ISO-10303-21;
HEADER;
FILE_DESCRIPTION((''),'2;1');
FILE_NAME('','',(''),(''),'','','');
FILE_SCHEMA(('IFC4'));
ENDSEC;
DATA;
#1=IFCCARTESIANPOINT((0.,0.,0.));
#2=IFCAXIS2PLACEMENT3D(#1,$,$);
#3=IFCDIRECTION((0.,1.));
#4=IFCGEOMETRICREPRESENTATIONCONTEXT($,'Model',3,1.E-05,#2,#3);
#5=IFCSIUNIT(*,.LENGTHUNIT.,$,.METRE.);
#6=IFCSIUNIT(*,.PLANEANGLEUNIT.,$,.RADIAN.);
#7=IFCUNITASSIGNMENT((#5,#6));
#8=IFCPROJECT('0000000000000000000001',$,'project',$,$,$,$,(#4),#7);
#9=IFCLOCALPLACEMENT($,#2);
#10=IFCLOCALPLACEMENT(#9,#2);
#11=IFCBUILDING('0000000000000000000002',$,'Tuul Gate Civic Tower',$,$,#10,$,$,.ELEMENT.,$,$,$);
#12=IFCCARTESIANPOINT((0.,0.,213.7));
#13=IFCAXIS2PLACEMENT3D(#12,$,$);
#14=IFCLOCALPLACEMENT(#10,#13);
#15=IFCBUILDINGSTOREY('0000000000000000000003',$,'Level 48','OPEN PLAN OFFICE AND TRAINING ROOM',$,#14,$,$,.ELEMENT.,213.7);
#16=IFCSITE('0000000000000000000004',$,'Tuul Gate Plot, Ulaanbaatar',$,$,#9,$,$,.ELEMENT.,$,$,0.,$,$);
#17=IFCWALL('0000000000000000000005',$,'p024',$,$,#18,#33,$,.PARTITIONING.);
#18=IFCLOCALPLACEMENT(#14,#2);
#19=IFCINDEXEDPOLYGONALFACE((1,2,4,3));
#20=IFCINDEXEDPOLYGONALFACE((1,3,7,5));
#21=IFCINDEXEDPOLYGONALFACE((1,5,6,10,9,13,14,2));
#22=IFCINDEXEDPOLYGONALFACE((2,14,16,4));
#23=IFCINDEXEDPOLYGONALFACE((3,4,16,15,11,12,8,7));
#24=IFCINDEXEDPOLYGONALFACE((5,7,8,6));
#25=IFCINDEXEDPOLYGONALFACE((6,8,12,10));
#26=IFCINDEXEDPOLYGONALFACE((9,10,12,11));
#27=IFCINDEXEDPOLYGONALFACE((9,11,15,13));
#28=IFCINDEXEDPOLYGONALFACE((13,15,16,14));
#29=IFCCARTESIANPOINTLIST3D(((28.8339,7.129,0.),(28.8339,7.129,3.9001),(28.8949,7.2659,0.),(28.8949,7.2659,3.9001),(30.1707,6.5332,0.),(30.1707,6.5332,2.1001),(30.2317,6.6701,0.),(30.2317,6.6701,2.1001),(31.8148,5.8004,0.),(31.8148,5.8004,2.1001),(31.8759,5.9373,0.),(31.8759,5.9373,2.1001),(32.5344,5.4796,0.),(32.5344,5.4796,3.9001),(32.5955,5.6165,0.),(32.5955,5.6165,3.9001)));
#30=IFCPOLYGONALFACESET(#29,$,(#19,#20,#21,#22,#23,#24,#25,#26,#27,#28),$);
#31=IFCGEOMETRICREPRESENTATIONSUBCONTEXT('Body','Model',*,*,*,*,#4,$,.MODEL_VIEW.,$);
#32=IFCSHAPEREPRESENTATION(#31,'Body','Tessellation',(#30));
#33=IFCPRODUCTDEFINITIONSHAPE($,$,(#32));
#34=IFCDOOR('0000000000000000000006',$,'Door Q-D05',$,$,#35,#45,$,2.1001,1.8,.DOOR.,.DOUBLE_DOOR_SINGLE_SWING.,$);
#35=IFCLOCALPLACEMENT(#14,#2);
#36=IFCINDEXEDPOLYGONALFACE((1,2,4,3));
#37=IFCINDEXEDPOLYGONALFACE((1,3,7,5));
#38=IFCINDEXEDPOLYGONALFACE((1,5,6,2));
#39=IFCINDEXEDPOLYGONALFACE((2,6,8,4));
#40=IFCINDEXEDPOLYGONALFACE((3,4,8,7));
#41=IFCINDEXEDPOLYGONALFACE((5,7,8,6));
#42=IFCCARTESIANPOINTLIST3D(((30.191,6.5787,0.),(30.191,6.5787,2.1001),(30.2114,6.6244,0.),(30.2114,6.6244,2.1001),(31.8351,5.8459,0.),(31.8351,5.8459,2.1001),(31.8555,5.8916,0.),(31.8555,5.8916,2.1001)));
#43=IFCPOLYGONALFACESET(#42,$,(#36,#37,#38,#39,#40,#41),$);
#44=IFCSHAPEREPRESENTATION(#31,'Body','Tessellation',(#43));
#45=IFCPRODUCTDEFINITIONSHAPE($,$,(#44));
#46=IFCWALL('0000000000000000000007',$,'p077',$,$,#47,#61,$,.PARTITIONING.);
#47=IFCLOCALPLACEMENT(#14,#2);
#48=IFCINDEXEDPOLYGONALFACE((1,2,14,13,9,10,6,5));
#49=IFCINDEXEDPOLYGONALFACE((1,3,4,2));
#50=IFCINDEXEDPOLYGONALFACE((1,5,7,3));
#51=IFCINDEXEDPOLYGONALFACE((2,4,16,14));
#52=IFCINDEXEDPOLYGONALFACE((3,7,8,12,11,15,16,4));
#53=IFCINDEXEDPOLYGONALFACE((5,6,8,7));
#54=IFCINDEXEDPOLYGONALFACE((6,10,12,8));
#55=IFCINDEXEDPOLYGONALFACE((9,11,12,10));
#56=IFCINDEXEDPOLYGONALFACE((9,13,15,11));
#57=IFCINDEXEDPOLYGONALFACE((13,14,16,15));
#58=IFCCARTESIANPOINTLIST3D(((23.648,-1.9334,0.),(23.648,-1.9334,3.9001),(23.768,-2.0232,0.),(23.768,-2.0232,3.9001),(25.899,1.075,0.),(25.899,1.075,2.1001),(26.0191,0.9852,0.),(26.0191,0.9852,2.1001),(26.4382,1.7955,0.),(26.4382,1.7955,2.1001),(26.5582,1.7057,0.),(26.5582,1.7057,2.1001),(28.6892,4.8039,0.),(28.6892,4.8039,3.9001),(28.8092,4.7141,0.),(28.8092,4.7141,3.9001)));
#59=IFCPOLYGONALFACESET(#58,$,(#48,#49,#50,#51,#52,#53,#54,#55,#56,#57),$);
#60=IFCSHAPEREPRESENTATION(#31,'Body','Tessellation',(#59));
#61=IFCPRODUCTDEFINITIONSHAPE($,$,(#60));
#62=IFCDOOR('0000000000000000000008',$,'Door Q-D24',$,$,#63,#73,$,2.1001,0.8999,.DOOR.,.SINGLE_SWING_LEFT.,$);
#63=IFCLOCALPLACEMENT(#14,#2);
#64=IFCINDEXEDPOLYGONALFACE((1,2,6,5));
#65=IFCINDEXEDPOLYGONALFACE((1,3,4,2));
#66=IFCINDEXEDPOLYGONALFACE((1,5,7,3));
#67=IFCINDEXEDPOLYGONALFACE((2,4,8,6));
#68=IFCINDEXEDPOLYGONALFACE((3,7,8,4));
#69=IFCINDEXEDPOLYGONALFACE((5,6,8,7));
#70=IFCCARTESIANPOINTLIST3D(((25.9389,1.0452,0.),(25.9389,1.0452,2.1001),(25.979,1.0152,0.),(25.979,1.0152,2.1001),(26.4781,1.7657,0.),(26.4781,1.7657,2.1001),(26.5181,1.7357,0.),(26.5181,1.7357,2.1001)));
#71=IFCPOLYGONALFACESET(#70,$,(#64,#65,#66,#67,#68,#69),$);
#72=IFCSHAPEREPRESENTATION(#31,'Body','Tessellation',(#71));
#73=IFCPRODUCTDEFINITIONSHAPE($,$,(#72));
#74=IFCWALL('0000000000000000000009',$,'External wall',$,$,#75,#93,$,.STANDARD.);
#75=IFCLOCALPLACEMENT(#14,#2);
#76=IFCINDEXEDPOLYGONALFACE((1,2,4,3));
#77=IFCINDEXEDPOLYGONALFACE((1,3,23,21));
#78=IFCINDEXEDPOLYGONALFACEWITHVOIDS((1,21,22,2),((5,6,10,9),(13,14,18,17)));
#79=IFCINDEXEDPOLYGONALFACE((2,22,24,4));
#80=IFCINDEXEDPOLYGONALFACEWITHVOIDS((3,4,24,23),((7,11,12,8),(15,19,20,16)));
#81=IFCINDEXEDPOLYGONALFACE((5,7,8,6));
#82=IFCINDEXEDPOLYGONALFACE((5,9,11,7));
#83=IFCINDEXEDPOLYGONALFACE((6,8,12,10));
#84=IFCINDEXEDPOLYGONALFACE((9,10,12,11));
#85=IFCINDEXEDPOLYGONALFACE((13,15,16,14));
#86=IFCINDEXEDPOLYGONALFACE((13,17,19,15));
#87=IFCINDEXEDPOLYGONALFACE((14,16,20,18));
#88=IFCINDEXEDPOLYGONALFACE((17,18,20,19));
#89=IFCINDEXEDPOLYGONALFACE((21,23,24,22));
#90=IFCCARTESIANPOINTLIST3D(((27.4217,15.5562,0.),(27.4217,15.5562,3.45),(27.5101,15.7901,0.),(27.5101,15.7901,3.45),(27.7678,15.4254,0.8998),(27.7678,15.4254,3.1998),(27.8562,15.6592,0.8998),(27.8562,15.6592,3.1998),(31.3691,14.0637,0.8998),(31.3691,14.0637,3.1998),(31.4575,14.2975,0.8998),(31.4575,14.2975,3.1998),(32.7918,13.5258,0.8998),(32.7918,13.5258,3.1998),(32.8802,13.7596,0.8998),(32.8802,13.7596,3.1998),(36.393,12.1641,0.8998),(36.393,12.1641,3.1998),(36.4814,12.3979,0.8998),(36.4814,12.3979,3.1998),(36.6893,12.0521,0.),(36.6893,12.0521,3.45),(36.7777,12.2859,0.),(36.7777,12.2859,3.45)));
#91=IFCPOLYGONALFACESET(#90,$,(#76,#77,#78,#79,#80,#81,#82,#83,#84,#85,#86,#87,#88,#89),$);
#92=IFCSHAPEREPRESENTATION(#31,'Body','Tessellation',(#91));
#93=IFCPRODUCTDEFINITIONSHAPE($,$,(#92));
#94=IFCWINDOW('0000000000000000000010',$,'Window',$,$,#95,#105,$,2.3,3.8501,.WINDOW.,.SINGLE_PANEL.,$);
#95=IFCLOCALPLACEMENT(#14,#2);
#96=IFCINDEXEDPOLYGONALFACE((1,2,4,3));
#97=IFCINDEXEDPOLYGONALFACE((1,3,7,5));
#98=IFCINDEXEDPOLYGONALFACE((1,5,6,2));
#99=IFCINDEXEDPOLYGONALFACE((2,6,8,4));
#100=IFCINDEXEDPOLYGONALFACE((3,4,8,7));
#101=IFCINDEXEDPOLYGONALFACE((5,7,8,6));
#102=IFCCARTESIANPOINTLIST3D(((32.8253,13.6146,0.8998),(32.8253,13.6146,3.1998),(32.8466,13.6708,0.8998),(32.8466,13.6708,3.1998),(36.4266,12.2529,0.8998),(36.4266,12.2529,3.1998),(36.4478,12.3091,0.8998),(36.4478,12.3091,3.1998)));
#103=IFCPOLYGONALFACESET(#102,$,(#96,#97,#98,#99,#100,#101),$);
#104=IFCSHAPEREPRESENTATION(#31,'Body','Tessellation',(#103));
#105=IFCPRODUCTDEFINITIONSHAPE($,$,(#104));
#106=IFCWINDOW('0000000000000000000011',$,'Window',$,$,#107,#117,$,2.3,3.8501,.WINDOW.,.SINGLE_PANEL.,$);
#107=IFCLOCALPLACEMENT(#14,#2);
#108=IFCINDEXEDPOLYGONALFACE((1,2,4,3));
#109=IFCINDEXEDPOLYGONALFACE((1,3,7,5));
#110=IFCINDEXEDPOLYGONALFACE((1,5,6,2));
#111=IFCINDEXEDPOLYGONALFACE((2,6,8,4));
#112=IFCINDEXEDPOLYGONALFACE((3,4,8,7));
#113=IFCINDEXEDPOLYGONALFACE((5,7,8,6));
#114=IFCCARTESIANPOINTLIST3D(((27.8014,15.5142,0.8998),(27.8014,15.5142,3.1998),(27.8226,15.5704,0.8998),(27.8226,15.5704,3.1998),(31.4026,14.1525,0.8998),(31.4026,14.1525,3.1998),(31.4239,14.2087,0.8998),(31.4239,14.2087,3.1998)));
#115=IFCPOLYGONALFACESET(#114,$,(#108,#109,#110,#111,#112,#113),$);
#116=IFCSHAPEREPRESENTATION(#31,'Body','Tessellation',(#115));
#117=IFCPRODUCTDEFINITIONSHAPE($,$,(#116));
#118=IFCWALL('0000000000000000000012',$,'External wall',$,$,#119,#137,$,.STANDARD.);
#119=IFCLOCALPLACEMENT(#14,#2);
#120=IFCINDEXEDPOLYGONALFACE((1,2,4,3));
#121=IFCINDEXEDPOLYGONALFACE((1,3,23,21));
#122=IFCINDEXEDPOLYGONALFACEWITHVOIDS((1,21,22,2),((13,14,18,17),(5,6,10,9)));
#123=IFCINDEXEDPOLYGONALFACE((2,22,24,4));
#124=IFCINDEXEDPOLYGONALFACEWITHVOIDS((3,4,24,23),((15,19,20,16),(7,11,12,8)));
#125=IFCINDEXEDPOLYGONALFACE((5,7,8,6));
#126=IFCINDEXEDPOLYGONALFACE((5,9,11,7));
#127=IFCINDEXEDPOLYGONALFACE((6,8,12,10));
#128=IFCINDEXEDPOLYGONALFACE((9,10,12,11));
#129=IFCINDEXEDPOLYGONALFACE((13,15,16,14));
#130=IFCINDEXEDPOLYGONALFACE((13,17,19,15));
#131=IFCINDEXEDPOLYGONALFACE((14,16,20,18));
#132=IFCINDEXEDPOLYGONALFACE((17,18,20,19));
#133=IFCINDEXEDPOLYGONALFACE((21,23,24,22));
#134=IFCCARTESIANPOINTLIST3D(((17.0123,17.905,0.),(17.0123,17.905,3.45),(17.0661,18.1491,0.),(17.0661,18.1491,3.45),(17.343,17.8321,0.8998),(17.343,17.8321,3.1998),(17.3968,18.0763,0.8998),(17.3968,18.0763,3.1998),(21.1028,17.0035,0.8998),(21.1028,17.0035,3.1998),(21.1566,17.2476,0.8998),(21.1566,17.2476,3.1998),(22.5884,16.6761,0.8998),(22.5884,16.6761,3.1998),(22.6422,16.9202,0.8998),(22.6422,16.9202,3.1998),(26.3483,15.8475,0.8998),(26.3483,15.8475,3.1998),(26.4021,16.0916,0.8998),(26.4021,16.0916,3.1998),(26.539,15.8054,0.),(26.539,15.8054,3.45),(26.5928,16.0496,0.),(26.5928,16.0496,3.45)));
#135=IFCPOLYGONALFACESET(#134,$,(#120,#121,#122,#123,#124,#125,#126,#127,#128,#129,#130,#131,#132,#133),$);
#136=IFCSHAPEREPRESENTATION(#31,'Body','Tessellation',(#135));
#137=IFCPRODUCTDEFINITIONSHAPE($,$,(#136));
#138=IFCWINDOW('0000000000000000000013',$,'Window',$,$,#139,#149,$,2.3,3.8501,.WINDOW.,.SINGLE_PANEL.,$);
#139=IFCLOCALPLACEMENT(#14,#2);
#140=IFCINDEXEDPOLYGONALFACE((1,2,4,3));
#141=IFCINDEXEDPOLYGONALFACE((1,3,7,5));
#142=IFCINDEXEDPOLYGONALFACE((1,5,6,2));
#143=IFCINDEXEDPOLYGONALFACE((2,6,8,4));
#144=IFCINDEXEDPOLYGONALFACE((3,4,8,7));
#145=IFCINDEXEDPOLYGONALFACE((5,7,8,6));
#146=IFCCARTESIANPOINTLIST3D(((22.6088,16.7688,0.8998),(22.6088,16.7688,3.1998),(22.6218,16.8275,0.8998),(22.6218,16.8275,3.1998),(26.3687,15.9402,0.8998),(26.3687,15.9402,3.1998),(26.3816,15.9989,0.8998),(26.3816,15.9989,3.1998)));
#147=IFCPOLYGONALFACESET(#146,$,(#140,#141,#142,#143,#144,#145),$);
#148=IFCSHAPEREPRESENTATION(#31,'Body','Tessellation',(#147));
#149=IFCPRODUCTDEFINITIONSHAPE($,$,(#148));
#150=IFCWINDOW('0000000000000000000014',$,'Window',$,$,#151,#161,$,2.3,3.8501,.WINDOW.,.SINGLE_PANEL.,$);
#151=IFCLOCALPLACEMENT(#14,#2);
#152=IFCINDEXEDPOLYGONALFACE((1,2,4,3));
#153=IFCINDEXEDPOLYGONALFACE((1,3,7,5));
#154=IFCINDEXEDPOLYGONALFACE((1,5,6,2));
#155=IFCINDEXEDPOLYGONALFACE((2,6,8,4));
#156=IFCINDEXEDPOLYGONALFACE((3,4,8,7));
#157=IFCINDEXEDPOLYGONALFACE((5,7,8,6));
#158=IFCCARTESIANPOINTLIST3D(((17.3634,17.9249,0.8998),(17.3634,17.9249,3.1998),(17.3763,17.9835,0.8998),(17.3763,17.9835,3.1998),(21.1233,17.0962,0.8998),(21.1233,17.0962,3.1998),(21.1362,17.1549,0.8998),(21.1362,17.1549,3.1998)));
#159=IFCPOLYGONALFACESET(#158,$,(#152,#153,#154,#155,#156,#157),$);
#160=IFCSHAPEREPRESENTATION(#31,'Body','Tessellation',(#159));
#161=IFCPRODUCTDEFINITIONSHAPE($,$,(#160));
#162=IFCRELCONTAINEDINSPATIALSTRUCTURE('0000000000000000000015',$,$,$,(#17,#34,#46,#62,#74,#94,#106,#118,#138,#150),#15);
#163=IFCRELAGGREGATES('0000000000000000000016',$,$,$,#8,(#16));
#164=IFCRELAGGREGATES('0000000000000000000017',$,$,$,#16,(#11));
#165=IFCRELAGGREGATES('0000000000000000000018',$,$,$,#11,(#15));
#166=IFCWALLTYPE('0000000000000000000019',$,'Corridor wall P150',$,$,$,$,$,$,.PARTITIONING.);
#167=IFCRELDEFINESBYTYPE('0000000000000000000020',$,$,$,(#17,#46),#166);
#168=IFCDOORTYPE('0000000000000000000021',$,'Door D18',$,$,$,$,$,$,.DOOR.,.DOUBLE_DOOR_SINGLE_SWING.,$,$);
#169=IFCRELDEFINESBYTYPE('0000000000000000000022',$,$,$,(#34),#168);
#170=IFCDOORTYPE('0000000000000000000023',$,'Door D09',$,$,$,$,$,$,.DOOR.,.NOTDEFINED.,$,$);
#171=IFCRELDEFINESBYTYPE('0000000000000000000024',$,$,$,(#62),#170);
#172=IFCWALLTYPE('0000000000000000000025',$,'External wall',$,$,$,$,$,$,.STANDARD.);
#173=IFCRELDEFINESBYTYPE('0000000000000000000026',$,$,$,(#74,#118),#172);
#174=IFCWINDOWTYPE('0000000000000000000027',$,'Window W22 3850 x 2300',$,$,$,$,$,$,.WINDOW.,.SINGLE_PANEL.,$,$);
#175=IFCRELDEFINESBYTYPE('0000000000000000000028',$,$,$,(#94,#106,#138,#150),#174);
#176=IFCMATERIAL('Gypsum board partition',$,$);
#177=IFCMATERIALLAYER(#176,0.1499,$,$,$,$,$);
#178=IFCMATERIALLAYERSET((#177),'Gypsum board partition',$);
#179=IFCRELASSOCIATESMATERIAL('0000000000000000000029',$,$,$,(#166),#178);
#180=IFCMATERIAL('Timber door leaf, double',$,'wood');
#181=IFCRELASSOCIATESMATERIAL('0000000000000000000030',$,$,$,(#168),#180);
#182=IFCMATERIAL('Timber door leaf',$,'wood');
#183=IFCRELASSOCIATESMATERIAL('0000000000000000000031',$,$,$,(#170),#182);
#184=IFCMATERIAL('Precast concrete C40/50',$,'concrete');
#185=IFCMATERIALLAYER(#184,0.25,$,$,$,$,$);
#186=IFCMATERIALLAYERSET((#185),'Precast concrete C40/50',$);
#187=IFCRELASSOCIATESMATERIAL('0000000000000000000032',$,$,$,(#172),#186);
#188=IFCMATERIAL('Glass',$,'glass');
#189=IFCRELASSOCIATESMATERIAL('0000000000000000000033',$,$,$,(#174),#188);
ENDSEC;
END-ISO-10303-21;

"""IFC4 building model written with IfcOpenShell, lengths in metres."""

from ifc_helpers import new_model, si_unit, direction, frame, frame_2d, origin, place, context, subcontext, project, spatial, rectangle, extrude, material, layer, layer_set, type_object, element, fill, save


model = new_model("IFC4")

# Units and contexts
model_context = context("Model", 3, precision=1e-05, world=origin(), true_north=direction((0.0, 1.0)))
body_context = subcontext(model_context, "Body", "Model", "MODEL_VIEW")
ifc_project = project(units=[si_unit("LENGTHUNIT", "METRE"), si_unit("PLANEANGLEUNIT", "RADIAN")], contexts=[model_context])

# Site, building, storey
site_placement = place(None, origin())
site = spatial("IfcSite", under=ifc_project, at=site_placement, Name="Tuul Gate Plot, Ulaanbaatar", CompositionType="ELEMENT", RefElevation=0.0)
building_placement = place(site_placement, origin())
building = spatial("IfcBuilding", under=site, at=building_placement, Name="Tuul Gate Civic Tower", CompositionType="ELEMENT")
storey_placement = place(building_placement, frame((0.0, 0.0, 213.7)))
storey = spatial("IfcBuildingStorey", under=building, at=storey_placement, Name="Level 48", Description="OPEN PLAN OFFICE AND TRAINING ROOM", CompositionType="ELEMENT", Elevation=213.7)

# Shared definitions
ifc_material_1 = material(Name="Gypsum board partition")
ifc_layer_1 = layer(ifc_material_1, 0.1499)
ifc_layer_set_1 = layer_set([ifc_layer_1], Name="Gypsum board partition")
wall_type_1 = type_object("IfcWallType", Name="Corridor wall P150", PredefinedType="PARTITIONING", material=ifc_layer_set_1)

# Walls, openings, doors
wall_1_placement = place(storey_placement, frame((28.8643, 7.1975, 0.0), z_axis=(0.0, 0.0, 1.0), x_axis=(0.913384, -0.4071, 0.0)))
wall_1 = element("IfcWall", 1, at=wall_1_placement, inside=storey, type_object=wall_type_1, Name="p024", PredefinedType="PARTITIONING", context=body_context, shape_type="SweptSolid", body=[
    extrude(rectangle(XDim=4.0515, YDim=0.1499, at=frame_2d((2.0259, 0.0))), origin(), (0.0, 0.0, 1.0), 3.9001),
])
opening_1_placement = place(wall_1_placement, frame((1.4639, 0.0, 0.0)))
opening_1 = element("IfcOpeningElement", 2, at=opening_1_placement, cuts=wall_1, PredefinedType="OPENING", context=body_context, shape_type="SweptSolid", body=[
    extrude(rectangle(XDim=1.8, YDim=2.1001, at=frame_2d((0.8999, 1.05))), frame((0.0, 0.085, 0.0), z_axis=(0.0, -1.0, 0.0), x_axis=(1.0, 0.0, 0.0)), (0.0, 0.0, 1.0), 0.1699),
])
ifc_material_2 = material(Name="Timber door leaf, double", Category="wood")
door_type_1 = type_object("IfcDoorType", Name="Door D18", OperationType="DOUBLE_DOOR_SINGLE_SWING", PredefinedType="DOOR", material=ifc_material_2)
door_1_placement = place(opening_1_placement, origin())
door_1 = element("IfcDoor", 3, at=door_1_placement, inside=storey, type_object=door_type_1, Name="Door Q-D05", OperationType="DOUBLE_DOOR_SINGLE_SWING", OverallHeight=2.1001, OverallWidth=1.8, PredefinedType="DOOR", context=body_context, shape_type="SweptSolid", body=[
    extrude(rectangle(XDim=1.8, YDim=2.1001, at=frame_2d((0.8999, 1.05))), frame((0.0, 0.0249, 0.0), z_axis=(0.0, -1.0, 0.0), x_axis=(1.0, 0.0, 0.0)), (0.0, 0.0, 1.0), 0.05),
])
fill(opening_1, door_1)
wall_2_placement = place(storey_placement, frame((23.708, -1.9783, 0.0), z_axis=(0.0, 0.0, 1.0), x_axis=(0.599108, 0.800668, 0.0)))
wall_2 = element("IfcWall", 4, at=wall_2_placement, inside=storey, type_object=wall_type_1, Name="p077", PredefinedType="PARTITIONING", context=body_context, shape_type="SweptSolid", body=[
    extrude(rectangle(XDim=8.4146, YDim=0.1499, at=frame_2d((4.2073, 0.0))), origin(), (0.0, 0.0, 1.0), 3.9001),
])
opening_2_placement = place(wall_2_placement, frame((3.7573, 0.0, 0.0)))
opening_2 = element("IfcOpeningElement", 5, at=opening_2_placement, cuts=wall_2, PredefinedType="OPENING", context=body_context, shape_type="SweptSolid", body=[
    extrude(rectangle(XDim=0.8999, YDim=2.1001, at=frame_2d((0.45, 1.05))), frame((0.0, 0.085, 0.0), z_axis=(0.0, -1.0, 0.0), x_axis=(1.0, 0.0, 0.0)), (0.0, 0.0, 1.0), 0.1699),
])
ifc_material_3 = material(Name="Timber door leaf", Category="wood")
door_type_2 = type_object("IfcDoorType", Name="Door D09", OperationType="NOTDEFINED", PredefinedType="DOOR", material=ifc_material_3)
door_2_placement = place(opening_2_placement, frame((0.8999, 0.0, 0.0), z_axis=(0.0, 0.0, 1.0), x_axis=(-1.0, 0.0, 0.0)))
door_2 = element("IfcDoor", 6, at=door_2_placement, inside=storey, type_object=door_type_2, Name="Door Q-D24", OperationType="SINGLE_SWING_LEFT", OverallHeight=2.1001, OverallWidth=0.8999, PredefinedType="DOOR", context=body_context, shape_type="SweptSolid", body=[
    extrude(rectangle(XDim=0.8999, YDim=2.1001, at=frame_2d((0.45, 1.05))), frame((0.0, 0.0249, 0.0), z_axis=(0.0, -1.0, 0.0), x_axis=(1.0, 0.0, 0.0)), (0.0, 0.0, 1.0), 0.05),
])
fill(opening_2, door_2)

# Walls, openings, windows
ifc_material_4 = material(Name="Precast concrete C40/50", Category="concrete")
ifc_layer_2 = layer(ifc_material_4, 0.25)
ifc_layer_set_2 = layer_set([ifc_layer_2], Name="Precast concrete C40/50")
wall_type_2 = type_object("IfcWallType", Name="External wall", PredefinedType="STANDARD", material=ifc_layer_set_2)
wall_3_placement = place(storey_placement, frame((36.7336, 12.1689, 0.0), z_axis=(0.0, 0.0, 1.0), x_axis=(-0.93537, 0.353671, 0.0)))
wall_3 = element("IfcWall", 7, at=wall_3_placement, inside=storey, type_object=wall_type_2, Name="External wall", PredefinedType="STANDARD", context=body_context, shape_type="SweptSolid", body=[
    extrude(rectangle(XDim=9.908, YDim=0.25, at=frame_2d((4.9541, 0.0))), origin(), (0.0, 0.0, 1.0), 3.45),
])
opening_3_placement = place(wall_3_placement, frame((0.3169, 0.0, 0.8999)))
opening_3 = element("IfcOpeningElement", 8, at=opening_3_placement, cuts=wall_3, PredefinedType="OPENING", context=body_context, shape_type="SweptSolid", body=[
    extrude(rectangle(XDim=3.8501, YDim=2.3, at=frame_2d((1.925, 1.1499))), frame((0.0, 0.135, 0.0), z_axis=(0.0, -1.0, 0.0), x_axis=(1.0, 0.0, 0.0)), (0.0, 0.0, 1.0), 0.27),
])
opening_4_placement = place(wall_3_placement, frame((5.688, 0.0, 0.8999)))
opening_4 = element("IfcOpeningElement", 9, at=opening_4_placement, cuts=wall_3, PredefinedType="OPENING", context=body_context, shape_type="SweptSolid", body=[
    extrude(rectangle(XDim=3.8501, YDim=2.3, at=frame_2d((1.925, 1.1499))), frame((0.0, 0.135, 0.0), z_axis=(0.0, -1.0, 0.0), x_axis=(1.0, 0.0, 0.0)), (0.0, 0.0, 1.0), 0.27),
])
ifc_material_5 = material(Name="Glass", Category="glass")
window_type = type_object("IfcWindowType", Name="Window W22 3850 x 2300", PartitioningType="SINGLE_PANEL", PredefinedType="WINDOW", material=ifc_material_5)
window_1_placement = place(opening_3_placement, origin())
window_1 = element("IfcWindow", 10, at=window_1_placement, inside=storey, type_object=window_type, Name="Window", OverallHeight=2.3, OverallWidth=3.8501, PartitioningType="SINGLE_PANEL", PredefinedType="WINDOW", context=body_context, shape_type="SweptSolid", body=[
    extrude(rectangle(XDim=3.8501, YDim=2.3, at=frame_2d((1.925, 1.1499))), frame((0.0, 0.03, 0.0), z_axis=(0.0, -1.0, 0.0), x_axis=(1.0, 0.0, 0.0)), (0.0, 0.0, 1.0), 0.0601),
])
fill(opening_3, window_1)
window_2_placement = place(opening_4_placement, origin())
window_2 = element("IfcWindow", 11, at=window_2_placement, inside=storey, type_object=window_type, Name="Window", OverallHeight=2.3, OverallWidth=3.8501, PartitioningType="SINGLE_PANEL", PredefinedType="WINDOW", context=body_context, shape_type="SweptSolid", body=[
    extrude(rectangle(XDim=3.8501, YDim=2.3, at=frame_2d((1.925, 1.1499))), frame((0.0, 0.03, 0.0), z_axis=(0.0, -1.0, 0.0), x_axis=(1.0, 0.0, 0.0)), (0.0, 0.0, 1.0), 0.0601),
])
fill(opening_4, window_2)
wall_4_placement = place(storey_placement, frame((26.5659, 15.9275, 0.0), z_axis=(0.0, 0.0, 1.0), x_axis=(-0.976565, 0.215224, 0.0)))
wall_4 = element("IfcWall", 12, at=wall_4_placement, inside=storey, type_object=wall_type_2, Name="External wall", PredefinedType="STANDARD", context=body_context, shape_type="SweptSolid", body=[
    extrude(rectangle(XDim=9.7554, YDim=0.25, at=frame_2d((4.8777, 0.0))), origin(), (0.0, 0.0, 1.0), 3.45),
])
opening_5_placement = place(wall_4_placement, frame((0.1953, 0.0, 0.8999)))
opening_5 = element("IfcOpeningElement", 13, at=opening_5_placement, cuts=wall_4, PredefinedType="OPENING", context=body_context, shape_type="SweptSolid", body=[
    extrude(rectangle(XDim=3.8501, YDim=2.3, at=frame_2d((1.925, 1.1499))), frame((0.0, 0.135, 0.0), z_axis=(0.0, -1.0, 0.0), x_axis=(1.0, 0.0, 0.0)), (0.0, 0.0, 1.0), 0.27),
])
opening_6_placement = place(wall_4_placement, frame((5.5667, 0.0, 0.8999)))
opening_6 = element("IfcOpeningElement", 14, at=opening_6_placement, cuts=wall_4, PredefinedType="OPENING", context=body_context, shape_type="SweptSolid", body=[
    extrude(rectangle(XDim=3.8501, YDim=2.3, at=frame_2d((1.925, 1.1499))), frame((0.0, 0.135, 0.0), z_axis=(0.0, -1.0, 0.0), x_axis=(1.0, 0.0, 0.0)), (0.0, 0.0, 1.0), 0.27),
])
window_3_placement = place(opening_5_placement, origin())
window_3 = element("IfcWindow", 15, at=window_3_placement, inside=storey, type_object=window_type, Name="Window", OverallHeight=2.3, OverallWidth=3.8501, PartitioningType="SINGLE_PANEL", PredefinedType="WINDOW", context=body_context, shape_type="SweptSolid", body=[
    extrude(rectangle(XDim=3.8501, YDim=2.3, at=frame_2d((1.925, 1.1499))), frame((0.0, 0.03, 0.0), z_axis=(0.0, -1.0, 0.0), x_axis=(1.0, 0.0, 0.0)), (0.0, 0.0, 1.0), 0.0601),
])
fill(opening_5, window_3)
window_4_placement = place(opening_6_placement, origin())
window_4 = element("IfcWindow", 16, at=window_4_placement, inside=storey, type_object=window_type, Name="Window", OverallHeight=2.3, OverallWidth=3.8501, PartitioningType="SINGLE_PANEL", PredefinedType="WINDOW", context=body_context, shape_type="SweptSolid", body=[
    extrude(rectangle(XDim=3.8501, YDim=2.3, at=frame_2d((1.925, 1.1499))), frame((0.0, 0.03, 0.0), z_axis=(0.0, -1.0, 0.0), x_axis=(1.0, 0.0, 0.0)), (0.0, 0.0, 1.0), 0.0601),
])
fill(opening_6, window_4)

save(model, "model.ifc")
